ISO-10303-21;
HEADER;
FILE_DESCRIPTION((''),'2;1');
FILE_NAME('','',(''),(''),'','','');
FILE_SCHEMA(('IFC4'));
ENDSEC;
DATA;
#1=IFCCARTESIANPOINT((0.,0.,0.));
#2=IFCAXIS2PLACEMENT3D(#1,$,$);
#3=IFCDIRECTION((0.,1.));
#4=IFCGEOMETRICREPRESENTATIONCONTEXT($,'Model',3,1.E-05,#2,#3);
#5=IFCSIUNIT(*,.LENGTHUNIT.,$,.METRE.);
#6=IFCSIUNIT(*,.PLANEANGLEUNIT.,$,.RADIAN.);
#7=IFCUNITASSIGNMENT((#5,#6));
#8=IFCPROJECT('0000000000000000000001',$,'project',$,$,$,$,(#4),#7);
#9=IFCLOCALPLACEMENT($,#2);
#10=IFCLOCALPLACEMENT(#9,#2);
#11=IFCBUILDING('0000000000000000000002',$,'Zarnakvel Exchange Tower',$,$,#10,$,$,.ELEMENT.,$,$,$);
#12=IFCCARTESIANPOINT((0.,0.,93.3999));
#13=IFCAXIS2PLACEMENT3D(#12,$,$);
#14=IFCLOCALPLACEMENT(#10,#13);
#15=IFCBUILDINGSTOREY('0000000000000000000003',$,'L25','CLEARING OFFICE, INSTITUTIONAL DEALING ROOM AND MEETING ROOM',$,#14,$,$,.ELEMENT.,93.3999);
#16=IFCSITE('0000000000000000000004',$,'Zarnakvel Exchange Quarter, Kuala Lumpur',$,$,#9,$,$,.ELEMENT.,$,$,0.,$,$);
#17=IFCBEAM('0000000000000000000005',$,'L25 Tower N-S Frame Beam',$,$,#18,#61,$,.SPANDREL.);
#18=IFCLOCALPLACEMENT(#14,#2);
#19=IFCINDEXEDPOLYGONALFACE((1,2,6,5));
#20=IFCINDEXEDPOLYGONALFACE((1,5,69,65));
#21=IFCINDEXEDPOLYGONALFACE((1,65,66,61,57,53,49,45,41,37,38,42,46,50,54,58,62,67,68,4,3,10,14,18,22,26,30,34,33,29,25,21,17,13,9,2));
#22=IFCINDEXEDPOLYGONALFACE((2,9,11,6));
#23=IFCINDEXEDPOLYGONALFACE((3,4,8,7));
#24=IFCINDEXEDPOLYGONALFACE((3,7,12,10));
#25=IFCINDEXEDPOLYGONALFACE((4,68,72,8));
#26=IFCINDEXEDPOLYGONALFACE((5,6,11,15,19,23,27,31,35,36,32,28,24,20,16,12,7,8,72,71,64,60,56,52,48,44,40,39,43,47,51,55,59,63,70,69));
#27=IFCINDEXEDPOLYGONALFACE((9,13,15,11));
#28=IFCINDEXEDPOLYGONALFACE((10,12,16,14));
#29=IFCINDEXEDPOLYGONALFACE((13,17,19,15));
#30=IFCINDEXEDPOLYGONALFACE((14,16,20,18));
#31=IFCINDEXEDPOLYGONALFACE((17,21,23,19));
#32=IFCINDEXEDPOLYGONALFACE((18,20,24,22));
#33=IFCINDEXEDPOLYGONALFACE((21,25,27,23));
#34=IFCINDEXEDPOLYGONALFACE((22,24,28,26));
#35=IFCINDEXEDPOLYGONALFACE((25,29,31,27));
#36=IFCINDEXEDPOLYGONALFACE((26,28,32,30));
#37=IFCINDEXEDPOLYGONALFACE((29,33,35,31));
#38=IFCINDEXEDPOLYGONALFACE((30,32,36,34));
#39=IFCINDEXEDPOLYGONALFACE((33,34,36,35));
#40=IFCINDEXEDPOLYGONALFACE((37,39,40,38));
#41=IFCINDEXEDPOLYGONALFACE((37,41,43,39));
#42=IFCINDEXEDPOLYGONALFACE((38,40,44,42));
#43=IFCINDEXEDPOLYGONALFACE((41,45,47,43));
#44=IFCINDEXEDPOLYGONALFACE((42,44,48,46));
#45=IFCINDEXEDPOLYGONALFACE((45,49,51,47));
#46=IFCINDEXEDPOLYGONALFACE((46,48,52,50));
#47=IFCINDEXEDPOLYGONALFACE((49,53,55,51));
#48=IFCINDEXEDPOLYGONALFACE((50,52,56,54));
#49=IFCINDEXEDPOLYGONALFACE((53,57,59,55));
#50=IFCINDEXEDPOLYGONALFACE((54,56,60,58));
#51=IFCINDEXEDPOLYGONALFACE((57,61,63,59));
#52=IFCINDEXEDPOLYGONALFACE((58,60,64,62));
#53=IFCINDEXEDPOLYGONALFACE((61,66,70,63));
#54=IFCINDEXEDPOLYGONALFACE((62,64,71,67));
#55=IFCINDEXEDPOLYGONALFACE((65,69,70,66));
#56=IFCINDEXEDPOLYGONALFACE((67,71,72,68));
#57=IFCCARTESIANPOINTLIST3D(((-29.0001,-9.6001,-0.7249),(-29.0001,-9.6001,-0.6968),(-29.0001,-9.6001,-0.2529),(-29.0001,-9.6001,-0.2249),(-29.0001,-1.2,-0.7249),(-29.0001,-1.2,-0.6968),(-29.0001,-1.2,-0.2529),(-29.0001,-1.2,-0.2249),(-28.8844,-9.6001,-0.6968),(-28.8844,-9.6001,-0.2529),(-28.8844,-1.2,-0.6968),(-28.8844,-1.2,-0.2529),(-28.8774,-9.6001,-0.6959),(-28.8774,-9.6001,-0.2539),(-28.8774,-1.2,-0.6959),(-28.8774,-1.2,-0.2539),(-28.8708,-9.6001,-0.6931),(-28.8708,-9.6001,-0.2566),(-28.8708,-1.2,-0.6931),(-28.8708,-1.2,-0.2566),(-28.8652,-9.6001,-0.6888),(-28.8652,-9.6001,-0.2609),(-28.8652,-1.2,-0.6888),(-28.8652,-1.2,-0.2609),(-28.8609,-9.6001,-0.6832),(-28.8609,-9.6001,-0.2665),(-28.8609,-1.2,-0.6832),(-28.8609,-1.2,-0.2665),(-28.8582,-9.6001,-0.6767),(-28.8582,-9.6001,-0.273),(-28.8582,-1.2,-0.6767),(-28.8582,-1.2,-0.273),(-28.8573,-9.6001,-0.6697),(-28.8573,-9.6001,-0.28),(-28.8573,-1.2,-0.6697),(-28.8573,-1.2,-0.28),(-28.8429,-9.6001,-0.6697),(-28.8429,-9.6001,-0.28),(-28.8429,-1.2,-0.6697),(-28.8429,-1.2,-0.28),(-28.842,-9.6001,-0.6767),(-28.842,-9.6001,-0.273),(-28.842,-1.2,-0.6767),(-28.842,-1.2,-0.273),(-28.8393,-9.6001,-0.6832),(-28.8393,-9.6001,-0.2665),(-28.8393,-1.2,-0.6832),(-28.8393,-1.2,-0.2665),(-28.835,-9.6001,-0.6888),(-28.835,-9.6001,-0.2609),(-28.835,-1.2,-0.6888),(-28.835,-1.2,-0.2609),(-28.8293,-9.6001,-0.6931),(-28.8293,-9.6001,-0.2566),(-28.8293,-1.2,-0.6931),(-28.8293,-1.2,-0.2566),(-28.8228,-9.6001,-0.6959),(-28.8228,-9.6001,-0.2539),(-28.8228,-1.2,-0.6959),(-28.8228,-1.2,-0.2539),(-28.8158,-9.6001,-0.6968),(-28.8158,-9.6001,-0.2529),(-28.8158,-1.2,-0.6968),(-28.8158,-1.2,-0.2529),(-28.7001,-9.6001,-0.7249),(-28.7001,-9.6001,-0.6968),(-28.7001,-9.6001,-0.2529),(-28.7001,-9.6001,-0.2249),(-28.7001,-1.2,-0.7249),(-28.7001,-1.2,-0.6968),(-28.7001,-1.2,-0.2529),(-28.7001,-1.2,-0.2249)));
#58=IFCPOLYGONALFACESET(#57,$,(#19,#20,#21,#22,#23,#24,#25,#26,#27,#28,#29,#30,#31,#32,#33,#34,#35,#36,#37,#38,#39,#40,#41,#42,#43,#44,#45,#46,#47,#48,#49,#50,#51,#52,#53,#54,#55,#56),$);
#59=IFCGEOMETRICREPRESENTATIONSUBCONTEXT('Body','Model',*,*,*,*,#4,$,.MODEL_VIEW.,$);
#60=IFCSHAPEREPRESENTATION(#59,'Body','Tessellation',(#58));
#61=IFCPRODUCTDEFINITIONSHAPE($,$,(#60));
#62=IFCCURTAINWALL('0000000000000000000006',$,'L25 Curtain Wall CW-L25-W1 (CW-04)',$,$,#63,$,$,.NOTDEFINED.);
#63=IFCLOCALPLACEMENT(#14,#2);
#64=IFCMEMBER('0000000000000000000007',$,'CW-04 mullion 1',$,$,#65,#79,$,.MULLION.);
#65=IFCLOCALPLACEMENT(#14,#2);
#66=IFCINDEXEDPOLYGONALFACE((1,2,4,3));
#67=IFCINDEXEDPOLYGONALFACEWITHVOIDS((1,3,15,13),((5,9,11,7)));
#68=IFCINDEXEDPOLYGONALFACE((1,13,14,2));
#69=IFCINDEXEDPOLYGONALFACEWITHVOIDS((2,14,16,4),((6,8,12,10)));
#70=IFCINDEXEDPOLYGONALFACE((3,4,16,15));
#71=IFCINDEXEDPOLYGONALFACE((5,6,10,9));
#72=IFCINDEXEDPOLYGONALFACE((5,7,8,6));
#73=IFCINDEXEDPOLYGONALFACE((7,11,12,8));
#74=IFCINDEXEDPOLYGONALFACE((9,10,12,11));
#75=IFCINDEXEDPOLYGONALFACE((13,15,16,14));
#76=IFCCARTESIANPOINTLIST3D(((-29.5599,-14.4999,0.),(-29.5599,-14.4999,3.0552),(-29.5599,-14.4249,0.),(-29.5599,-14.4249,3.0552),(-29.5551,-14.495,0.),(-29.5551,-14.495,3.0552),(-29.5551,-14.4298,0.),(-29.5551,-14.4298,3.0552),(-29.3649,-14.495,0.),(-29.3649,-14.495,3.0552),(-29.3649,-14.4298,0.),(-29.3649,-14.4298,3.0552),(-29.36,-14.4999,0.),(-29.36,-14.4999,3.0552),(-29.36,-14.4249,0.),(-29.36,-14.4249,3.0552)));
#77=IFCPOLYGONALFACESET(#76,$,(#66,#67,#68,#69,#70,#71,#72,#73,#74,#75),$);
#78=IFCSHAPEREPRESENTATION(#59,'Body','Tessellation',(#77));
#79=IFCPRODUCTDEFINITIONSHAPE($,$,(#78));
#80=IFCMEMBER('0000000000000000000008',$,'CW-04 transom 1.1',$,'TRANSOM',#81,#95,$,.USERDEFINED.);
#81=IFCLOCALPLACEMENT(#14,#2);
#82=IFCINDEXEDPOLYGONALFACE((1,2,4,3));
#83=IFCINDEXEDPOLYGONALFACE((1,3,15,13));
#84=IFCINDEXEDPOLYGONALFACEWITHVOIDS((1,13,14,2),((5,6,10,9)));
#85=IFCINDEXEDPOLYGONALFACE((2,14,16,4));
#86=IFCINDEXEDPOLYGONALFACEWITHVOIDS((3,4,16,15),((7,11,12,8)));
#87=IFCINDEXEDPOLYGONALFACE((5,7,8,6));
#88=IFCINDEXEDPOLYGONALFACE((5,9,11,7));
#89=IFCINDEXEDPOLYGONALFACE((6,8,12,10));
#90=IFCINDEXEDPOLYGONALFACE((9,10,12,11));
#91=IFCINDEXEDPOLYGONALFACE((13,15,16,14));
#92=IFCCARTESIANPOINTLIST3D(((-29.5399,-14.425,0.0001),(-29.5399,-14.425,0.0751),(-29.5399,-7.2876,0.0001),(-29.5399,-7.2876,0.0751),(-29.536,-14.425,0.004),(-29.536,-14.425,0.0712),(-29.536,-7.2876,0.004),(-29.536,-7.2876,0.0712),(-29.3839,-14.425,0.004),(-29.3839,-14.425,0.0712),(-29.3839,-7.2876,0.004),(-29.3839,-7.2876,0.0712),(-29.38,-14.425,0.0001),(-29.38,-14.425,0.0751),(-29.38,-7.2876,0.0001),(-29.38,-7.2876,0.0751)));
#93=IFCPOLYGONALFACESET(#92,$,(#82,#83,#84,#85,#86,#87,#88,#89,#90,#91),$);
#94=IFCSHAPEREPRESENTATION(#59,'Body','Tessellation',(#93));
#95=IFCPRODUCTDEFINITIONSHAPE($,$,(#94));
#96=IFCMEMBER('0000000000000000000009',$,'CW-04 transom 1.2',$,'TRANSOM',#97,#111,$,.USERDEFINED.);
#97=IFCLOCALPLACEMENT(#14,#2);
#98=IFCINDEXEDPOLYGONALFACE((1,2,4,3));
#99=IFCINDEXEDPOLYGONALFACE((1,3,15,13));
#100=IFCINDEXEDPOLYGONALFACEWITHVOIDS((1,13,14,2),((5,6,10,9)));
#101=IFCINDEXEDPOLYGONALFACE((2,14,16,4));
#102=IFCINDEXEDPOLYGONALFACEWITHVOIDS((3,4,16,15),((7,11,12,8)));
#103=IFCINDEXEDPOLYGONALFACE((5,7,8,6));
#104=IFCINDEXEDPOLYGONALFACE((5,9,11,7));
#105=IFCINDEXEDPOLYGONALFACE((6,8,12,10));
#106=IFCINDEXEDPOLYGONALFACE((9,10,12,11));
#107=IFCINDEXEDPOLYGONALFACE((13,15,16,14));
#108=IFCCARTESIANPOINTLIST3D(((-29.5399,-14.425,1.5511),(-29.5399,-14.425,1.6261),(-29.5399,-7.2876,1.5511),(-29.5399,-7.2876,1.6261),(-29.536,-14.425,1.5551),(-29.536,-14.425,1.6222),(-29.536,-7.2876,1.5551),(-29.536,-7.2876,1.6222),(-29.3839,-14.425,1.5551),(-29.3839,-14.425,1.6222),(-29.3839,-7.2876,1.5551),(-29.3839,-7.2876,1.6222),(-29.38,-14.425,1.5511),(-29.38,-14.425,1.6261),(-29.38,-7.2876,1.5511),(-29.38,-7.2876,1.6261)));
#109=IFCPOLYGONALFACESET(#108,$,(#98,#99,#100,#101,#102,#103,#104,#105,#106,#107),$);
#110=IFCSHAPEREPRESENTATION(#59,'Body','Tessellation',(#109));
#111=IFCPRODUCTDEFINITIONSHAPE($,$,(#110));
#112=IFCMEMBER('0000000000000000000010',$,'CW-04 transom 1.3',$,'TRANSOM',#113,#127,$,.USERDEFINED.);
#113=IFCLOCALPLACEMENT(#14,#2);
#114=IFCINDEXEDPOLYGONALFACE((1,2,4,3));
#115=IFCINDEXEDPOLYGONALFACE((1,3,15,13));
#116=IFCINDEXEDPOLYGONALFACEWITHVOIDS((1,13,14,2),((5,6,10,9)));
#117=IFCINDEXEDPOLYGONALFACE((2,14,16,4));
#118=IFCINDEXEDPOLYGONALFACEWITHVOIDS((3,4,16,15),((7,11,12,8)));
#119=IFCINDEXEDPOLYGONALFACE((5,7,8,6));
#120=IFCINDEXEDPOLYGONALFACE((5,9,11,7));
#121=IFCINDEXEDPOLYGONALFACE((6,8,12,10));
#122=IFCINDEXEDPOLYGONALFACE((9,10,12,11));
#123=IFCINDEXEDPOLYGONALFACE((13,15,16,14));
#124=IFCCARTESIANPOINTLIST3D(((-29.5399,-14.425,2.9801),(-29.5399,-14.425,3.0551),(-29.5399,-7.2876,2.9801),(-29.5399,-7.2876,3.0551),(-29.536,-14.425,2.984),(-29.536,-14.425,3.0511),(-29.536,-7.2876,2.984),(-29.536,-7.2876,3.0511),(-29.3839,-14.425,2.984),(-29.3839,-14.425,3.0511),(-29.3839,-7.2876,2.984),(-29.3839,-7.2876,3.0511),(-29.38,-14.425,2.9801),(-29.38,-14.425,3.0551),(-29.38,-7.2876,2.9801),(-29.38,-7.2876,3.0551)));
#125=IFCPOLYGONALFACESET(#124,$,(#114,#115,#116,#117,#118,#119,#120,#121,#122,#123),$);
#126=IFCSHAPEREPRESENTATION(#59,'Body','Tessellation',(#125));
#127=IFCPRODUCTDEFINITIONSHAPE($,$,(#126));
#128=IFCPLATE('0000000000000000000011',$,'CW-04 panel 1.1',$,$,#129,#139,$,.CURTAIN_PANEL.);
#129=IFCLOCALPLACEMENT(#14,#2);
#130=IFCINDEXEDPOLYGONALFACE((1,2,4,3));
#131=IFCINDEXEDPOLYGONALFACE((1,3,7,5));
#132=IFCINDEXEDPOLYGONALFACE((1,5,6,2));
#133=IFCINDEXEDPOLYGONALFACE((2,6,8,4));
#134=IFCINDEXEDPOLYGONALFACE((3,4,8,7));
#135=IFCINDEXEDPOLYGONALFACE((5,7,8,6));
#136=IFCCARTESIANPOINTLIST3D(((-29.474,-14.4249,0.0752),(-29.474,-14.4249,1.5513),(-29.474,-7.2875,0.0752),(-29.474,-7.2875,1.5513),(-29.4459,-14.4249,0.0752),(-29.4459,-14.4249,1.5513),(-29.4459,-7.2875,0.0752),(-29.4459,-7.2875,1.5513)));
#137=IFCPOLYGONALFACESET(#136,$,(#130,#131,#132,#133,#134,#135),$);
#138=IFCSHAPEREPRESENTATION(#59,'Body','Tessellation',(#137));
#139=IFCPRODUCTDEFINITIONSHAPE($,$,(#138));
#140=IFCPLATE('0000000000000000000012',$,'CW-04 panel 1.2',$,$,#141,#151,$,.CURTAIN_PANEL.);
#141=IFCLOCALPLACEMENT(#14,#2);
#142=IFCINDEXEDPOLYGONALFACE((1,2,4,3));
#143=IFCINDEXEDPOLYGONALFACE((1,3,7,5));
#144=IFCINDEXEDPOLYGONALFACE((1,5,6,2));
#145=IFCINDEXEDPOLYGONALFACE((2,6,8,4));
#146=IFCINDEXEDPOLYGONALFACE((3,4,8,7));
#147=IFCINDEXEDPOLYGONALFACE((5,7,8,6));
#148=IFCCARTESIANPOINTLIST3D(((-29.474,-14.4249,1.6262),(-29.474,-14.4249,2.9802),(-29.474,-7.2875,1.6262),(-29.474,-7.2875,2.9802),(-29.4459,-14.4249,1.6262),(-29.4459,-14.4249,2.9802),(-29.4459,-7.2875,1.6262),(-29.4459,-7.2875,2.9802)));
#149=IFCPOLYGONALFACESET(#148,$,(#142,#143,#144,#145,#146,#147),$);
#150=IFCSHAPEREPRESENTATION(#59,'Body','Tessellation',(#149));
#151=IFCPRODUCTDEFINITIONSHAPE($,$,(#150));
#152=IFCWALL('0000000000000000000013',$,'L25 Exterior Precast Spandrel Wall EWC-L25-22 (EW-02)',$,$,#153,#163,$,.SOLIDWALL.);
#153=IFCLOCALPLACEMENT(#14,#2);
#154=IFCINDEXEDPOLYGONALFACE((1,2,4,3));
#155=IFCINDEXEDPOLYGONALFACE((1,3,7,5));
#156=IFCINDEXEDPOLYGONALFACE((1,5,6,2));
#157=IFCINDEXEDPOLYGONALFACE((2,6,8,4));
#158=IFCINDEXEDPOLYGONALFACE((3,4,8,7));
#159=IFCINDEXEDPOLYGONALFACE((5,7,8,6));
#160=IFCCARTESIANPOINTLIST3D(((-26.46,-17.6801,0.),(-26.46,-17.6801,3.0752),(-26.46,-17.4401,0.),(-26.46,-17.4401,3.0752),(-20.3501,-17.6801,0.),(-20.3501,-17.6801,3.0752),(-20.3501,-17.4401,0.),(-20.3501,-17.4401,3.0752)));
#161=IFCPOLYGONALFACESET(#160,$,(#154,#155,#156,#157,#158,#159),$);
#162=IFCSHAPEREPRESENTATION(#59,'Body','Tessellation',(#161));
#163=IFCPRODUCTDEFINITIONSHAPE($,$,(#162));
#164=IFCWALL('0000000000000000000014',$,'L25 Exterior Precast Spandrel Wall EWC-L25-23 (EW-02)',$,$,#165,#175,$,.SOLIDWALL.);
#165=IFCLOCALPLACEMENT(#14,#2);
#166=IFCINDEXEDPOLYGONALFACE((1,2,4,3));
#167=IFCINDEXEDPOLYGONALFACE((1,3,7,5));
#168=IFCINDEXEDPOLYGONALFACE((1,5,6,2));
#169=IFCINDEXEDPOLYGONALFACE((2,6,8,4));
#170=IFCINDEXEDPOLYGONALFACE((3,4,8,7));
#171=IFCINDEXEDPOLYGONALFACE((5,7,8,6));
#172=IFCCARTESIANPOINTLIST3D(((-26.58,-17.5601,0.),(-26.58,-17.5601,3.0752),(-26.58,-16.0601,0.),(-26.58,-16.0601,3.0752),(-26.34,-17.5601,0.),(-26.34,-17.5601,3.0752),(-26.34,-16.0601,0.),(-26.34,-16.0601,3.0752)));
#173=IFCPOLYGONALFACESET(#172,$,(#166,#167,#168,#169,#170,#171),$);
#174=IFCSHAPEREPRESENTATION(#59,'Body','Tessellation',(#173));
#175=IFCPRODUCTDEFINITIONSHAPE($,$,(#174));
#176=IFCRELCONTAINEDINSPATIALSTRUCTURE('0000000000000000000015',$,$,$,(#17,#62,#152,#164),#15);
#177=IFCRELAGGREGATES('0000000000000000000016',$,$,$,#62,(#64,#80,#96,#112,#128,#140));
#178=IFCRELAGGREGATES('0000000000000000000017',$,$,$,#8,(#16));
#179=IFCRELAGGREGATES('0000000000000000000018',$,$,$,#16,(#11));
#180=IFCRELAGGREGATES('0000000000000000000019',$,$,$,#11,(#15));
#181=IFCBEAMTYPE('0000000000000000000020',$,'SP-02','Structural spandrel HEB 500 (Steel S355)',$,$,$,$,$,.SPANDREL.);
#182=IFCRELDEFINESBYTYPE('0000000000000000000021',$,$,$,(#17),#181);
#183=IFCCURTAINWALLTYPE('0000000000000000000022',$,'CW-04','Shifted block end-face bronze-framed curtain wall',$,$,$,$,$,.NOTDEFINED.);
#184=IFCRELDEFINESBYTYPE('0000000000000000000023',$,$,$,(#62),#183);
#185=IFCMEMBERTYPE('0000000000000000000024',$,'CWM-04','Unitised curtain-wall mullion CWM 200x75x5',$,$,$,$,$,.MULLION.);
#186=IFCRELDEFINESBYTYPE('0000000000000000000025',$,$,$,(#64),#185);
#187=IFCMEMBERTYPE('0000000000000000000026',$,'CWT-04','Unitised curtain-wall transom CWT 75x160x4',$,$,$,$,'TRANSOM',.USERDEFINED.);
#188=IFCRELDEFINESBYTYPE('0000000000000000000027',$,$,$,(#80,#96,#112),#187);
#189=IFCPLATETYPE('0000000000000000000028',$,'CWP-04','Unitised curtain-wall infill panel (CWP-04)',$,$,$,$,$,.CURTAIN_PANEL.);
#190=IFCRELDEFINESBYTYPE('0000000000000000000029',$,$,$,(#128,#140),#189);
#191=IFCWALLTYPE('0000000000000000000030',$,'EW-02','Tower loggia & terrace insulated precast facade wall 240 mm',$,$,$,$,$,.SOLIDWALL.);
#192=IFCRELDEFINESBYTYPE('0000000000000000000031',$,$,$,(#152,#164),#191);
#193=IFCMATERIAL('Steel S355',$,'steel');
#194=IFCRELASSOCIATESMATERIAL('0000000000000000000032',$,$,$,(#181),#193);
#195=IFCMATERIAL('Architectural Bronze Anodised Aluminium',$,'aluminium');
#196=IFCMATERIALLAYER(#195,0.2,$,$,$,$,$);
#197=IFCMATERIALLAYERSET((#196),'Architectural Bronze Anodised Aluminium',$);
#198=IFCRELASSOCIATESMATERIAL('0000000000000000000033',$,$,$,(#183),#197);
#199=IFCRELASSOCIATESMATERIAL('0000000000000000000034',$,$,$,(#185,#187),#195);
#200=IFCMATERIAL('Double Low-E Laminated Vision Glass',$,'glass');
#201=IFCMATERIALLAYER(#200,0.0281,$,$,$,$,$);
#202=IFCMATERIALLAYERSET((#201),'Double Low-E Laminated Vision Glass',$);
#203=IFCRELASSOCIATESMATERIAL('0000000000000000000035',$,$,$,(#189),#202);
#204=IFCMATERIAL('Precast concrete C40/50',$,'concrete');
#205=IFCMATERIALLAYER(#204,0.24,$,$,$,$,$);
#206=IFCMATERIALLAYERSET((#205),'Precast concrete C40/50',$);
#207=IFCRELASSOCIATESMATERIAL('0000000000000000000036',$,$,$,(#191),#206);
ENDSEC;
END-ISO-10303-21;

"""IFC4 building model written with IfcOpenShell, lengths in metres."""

from ifc_helpers import new_model, si_unit, direction, frame, frame_2d, origin, origin_2d, place, context, subcontext, project, spatial, rectangle, hollow_rectangle, i_section, extrude, source, transform, mapped, material, layer, layer_set, material_profile, profile_set, type_object, element, aggregate, save


model = new_model("IFC4")

# Units and contexts
model_context = context("Model", 3, precision=1e-05, world=origin(), true_north=direction((0.0, 1.0)))
body_context = subcontext(model_context, "Body", "Model", "MODEL_VIEW")
ifc_project = project(units=[si_unit("LENGTHUNIT", "METRE"), si_unit("PLANEANGLEUNIT", "RADIAN")], contexts=[model_context])

# Site, building, storey
site_placement = place(None, origin())
site = spatial("IfcSite", under=ifc_project, at=site_placement, Name="Zarnakvel Exchange Quarter, Kuala Lumpur", CompositionType="ELEMENT", RefElevation=0.0)
building_placement = place(site_placement, origin())
building = spatial("IfcBuilding", under=site, at=building_placement, Name="Zarnakvel Exchange Tower", CompositionType="ELEMENT")
storey_placement = place(building_placement, frame((0.0, 0.0, 93.3999)))
storey = spatial("IfcBuildingStorey", under=building, at=storey_placement, Name="L25", Description="CLEARING OFFICE, INSTITUTIONAL DEALING ROOM AND MEETING ROOM", CompositionType="ELEMENT", Elevation=93.3999)

# Shared definitions
ifc_material_1 = material(Name="Steel S355", Category="steel")

# Beam
ifc_material_profile_1 = material_profile(ifc_material_1, i_section(OverallWidth=0.3, OverallDepth=0.5, WebThickness=0.0144, FlangeThickness=0.0281, FilletRadius=0.0271, at=origin_2d()))
ifc_profile_set_1 = profile_set([ifc_material_profile_1], Name="Steel S355")
beam_type_1 = type_object("IfcBeamType", Name="SP-02", Description="Structural spandrel HEB 500 (Steel S355)", PredefinedType="SPANDREL", material=ifc_profile_set_1)
beam_1_placement = place(storey_placement, frame((-28.8501, -9.6001, -0.4749), z_axis=(0.0, 1.0, 0.0), x_axis=(-1.0, 0.0, 0.0)))
element("IfcBeam", 1, at=beam_1_placement, inside=storey, type_object=beam_type_1, Name="L25 Tower N-S Frame Beam", PredefinedType="SPANDREL", context=body_context, shape_type="SweptSolid", body=[
    extrude(i_section(OverallWidth=0.3, OverallDepth=0.5, WebThickness=0.0144, FlangeThickness=0.0281, FilletRadius=0.0271, at=origin_2d()), origin(), (0.0, 0.0, 1.0), 8.4001),
])

# Curtain wall, members, plates
ifc_material_2 = material(Name="Architectural Bronze Anodised Aluminium", Category="aluminium")
ifc_layer_1 = layer(ifc_material_2, 0.2)
ifc_layer_set_1 = layer_set([ifc_layer_1], Name="Architectural Bronze Anodised Aluminium")
curtain_wall_type = type_object("IfcCurtainWallType", Name="CW-04", Description="Shifted block end-face bronze-framed curtain wall", PredefinedType="NOTDEFINED", material=ifc_layer_set_1)
curtain_wall_placement = place(storey_placement, origin())
curtain_wall = element("IfcCurtainWall", 2, at=curtain_wall_placement, inside=storey, type_object=curtain_wall_type, Name="L25 Curtain Wall CW-L25-W1 (CW-04)", PredefinedType="NOTDEFINED")
ifc_material_profile_2 = material_profile(ifc_material_2, hollow_rectangle(XDim=0.2, YDim=0.075, WallThickness=0.0049, at=origin_2d()))
ifc_profile_set_2 = profile_set([ifc_material_profile_2], Name="Architectural Bronze Anodised Aluminium")
member_type_1 = type_object("IfcMemberType", Name="CWM-04", Description="Unitised curtain-wall mullion CWM 200x75x5", PredefinedType="MULLION", material=ifc_profile_set_2)
shared_shape_1 = source(origin(), body_context, "Body", "SweptSolid", [
    extrude(hollow_rectangle(XDim=0.2, YDim=0.075, WallThickness=0.0049, at=origin_2d()), origin(), (0.0, 0.0, 1.0), 3.0552),
])
member_1_placement = place(storey_placement, frame((-29.46, -14.4624, 0.0), z_axis=(0.0, 0.0, 1.0), x_axis=(-1.0, 0.0, 0.0)))
member_1 = element("IfcMember", 3, at=member_1_placement, type_object=member_type_1, Name="CW-04 mullion 1", PredefinedType="MULLION", context=body_context, shape_type="MappedRepresentation", body=[
    mapped(shared_shape_1, transform((0.0, 0.0, 0.0), x_axis=(1.0, 0.0, 0.0), y_axis=(0.0, 1.0, 0.0), z_axis=(0.0, 0.0, 1.0), scale=1.0)),
])
ifc_material_profile_3 = material_profile(ifc_material_2, hollow_rectangle(XDim=0.1599, YDim=0.075, WallThickness=0.0039, at=origin_2d()))
ifc_profile_set_3 = profile_set([ifc_material_profile_3], Name="Architectural Bronze Anodised Aluminium")
member_type_2 = type_object("IfcMemberType", Name="CWT-04", Description="Unitised curtain-wall transom CWT 75x160x4", ElementType="TRANSOM", PredefinedType="USERDEFINED", material=ifc_profile_set_3)
shared_shape_2 = source(origin(), body_context, "Body", "SweptSolid", [
    extrude(hollow_rectangle(XDim=0.1599, YDim=0.075, WallThickness=0.0039, at=origin_2d()), origin(), (0.0, 0.0, 1.0), 7.1375),
])
member_2_placement = place(storey_placement, frame((-29.46, -14.425, 0.0376), z_axis=(0.0, 1.0, 0.0), x_axis=(-1.0, 0.0, 0.0)))
member_2 = element("IfcMember", 4, at=member_2_placement, type_object=member_type_2, Name="CW-04 transom 1.1", ObjectType="TRANSOM", PredefinedType="USERDEFINED", context=body_context, shape_type="MappedRepresentation", body=[
    mapped(shared_shape_2, transform((0.0, 0.0, 0.0), x_axis=(1.0, 0.0, 0.0), y_axis=(0.0, 1.0, 0.0), z_axis=(0.0, 0.0, 1.0), scale=1.0)),
])
member_3_placement = place(storey_placement, frame((-29.46, -14.425, 1.5886), z_axis=(0.0, 1.0, 0.0), x_axis=(-1.0, 0.0, 0.0)))
member_3 = element("IfcMember", 5, at=member_3_placement, type_object=member_type_2, Name="CW-04 transom 1.2", ObjectType="TRANSOM", PredefinedType="USERDEFINED", context=body_context, shape_type="MappedRepresentation", body=[
    mapped(shared_shape_2, transform((0.0, 0.0, 0.0), x_axis=(1.0, 0.0, 0.0), y_axis=(0.0, 1.0, 0.0), z_axis=(0.0, 0.0, 1.0), scale=1.0)),
])
member_4_placement = place(storey_placement, frame((-29.46, -14.425, 3.0176), z_axis=(0.0, 1.0, 0.0), x_axis=(-1.0, 0.0, 0.0)))
member_4 = element("IfcMember", 6, at=member_4_placement, type_object=member_type_2, Name="CW-04 transom 1.3", ObjectType="TRANSOM", PredefinedType="USERDEFINED", context=body_context, shape_type="MappedRepresentation", body=[
    mapped(shared_shape_2, transform((0.0, 0.0, 0.0), x_axis=(1.0, 0.0, 0.0), y_axis=(0.0, 1.0, 0.0), z_axis=(0.0, 0.0, 1.0), scale=1.0)),
])
ifc_material_3 = material(Name="Double Low-E Laminated Vision Glass", Category="glass")
ifc_layer_2 = layer(ifc_material_3, 0.0281)
ifc_layer_set_2 = layer_set([ifc_layer_2], Name="Double Low-E Laminated Vision Glass")
plate_type = type_object("IfcPlateType", Name="CWP-04", Description="Unitised curtain-wall infill panel (CWP-04)", PredefinedType="CURTAIN_PANEL", material=ifc_layer_set_2)
shared_shape_3 = source(origin(), body_context, "Body", "SweptSolid", [
    extrude(rectangle(XDim=7.1375, YDim=0.0281, at=origin_2d()), origin(), (0.0, 0.0, 1.0), 1.4761),
])
plate_1_placement = place(storey_placement, frame((-29.46, -10.8562, 0.0752), z_axis=(0.0, 0.0, 1.0), x_axis=(0.0, 1.0, 0.0)))
plate_1 = element("IfcPlate", 7, at=plate_1_placement, type_object=plate_type, Name="CW-04 panel 1.1", PredefinedType="CURTAIN_PANEL", context=body_context, shape_type="MappedRepresentation", body=[
    mapped(shared_shape_3, transform((0.0, 0.0, 0.0), x_axis=(1.0, 0.0, 0.0), y_axis=(0.0, 1.0, 0.0), z_axis=(0.0, 0.0, 1.0), scale=1.0)),
])
shared_shape_4 = source(origin(), body_context, "Body", "SweptSolid", [
    extrude(rectangle(XDim=7.1375, YDim=0.0281, at=origin_2d()), origin(), (0.0, 0.0, 1.0), 1.354),
])
plate_2_placement = place(storey_placement, frame((-29.46, -10.8562, 1.6262), z_axis=(0.0, 0.0, 1.0), x_axis=(0.0, 1.0, 0.0)))
plate_2 = element("IfcPlate", 8, at=plate_2_placement, type_object=plate_type, Name="CW-04 panel 1.2", PredefinedType="CURTAIN_PANEL", context=body_context, shape_type="MappedRepresentation", body=[
    mapped(shared_shape_4, transform((0.0, 0.0, 0.0), x_axis=(1.0, 0.0, 0.0), y_axis=(0.0, 1.0, 0.0), z_axis=(0.0, 0.0, 1.0), scale=1.0)),
])
aggregate(curtain_wall, [member_1, member_2, member_3, member_4, plate_1, plate_2])

# Walls
ifc_material_4 = material(Name="Precast concrete C40/50", Category="concrete")
ifc_layer_3 = layer(ifc_material_4, 0.24)
ifc_layer_set_3 = layer_set([ifc_layer_3], Name="Precast concrete C40/50")
wall_type_1 = type_object("IfcWallType", Name="EW-02", Description="Tower loggia & terrace insulated precast facade wall 240 mm", PredefinedType="SOLIDWALL", material=ifc_layer_set_3)
wall_1_placement = place(storey_placement, frame((-26.46, -17.5601, 0.0), z_axis=(0.0, 0.0, 1.0), x_axis=(1.0, 0.0, 0.0)))
element("IfcWall", 9, at=wall_1_placement, inside=storey, type_object=wall_type_1, Name="L25 Exterior Precast Spandrel Wall EWC-L25-22 (EW-02)", PredefinedType="SOLIDWALL", context=body_context, shape_type="SweptSolid", body=[
    extrude(rectangle(XDim=6.1099, YDim=0.24, at=frame_2d((3.0549, 0.0))), origin(), (0.0, 0.0, 1.0), 3.0752),
])
for number, where, z_axis, x_axis, name in (
    (10, (-26.46, -16.0601, 0.0), (0.0, 0.0, 1.0), (0.0, -1.0, 0.0), "L25 Exterior Precast Spandrel Wall EWC-L25-23 (EW-02)"),
):
    element("IfcWall", number, at=place(storey_placement, frame(where, z_axis=z_axis, x_axis=x_axis)), inside=storey, type_object=wall_type_1, Name=name, PredefinedType="SOLIDWALL", context=body_context, shape_type="SweptSolid", body=[
        extrude(rectangle(XDim=1.5, YDim=0.24, at=frame_2d((0.75, 0.0))), origin(), (0.0, 0.0, 1.0), 3.0752),
    ])

save(model, "model.ifc")
